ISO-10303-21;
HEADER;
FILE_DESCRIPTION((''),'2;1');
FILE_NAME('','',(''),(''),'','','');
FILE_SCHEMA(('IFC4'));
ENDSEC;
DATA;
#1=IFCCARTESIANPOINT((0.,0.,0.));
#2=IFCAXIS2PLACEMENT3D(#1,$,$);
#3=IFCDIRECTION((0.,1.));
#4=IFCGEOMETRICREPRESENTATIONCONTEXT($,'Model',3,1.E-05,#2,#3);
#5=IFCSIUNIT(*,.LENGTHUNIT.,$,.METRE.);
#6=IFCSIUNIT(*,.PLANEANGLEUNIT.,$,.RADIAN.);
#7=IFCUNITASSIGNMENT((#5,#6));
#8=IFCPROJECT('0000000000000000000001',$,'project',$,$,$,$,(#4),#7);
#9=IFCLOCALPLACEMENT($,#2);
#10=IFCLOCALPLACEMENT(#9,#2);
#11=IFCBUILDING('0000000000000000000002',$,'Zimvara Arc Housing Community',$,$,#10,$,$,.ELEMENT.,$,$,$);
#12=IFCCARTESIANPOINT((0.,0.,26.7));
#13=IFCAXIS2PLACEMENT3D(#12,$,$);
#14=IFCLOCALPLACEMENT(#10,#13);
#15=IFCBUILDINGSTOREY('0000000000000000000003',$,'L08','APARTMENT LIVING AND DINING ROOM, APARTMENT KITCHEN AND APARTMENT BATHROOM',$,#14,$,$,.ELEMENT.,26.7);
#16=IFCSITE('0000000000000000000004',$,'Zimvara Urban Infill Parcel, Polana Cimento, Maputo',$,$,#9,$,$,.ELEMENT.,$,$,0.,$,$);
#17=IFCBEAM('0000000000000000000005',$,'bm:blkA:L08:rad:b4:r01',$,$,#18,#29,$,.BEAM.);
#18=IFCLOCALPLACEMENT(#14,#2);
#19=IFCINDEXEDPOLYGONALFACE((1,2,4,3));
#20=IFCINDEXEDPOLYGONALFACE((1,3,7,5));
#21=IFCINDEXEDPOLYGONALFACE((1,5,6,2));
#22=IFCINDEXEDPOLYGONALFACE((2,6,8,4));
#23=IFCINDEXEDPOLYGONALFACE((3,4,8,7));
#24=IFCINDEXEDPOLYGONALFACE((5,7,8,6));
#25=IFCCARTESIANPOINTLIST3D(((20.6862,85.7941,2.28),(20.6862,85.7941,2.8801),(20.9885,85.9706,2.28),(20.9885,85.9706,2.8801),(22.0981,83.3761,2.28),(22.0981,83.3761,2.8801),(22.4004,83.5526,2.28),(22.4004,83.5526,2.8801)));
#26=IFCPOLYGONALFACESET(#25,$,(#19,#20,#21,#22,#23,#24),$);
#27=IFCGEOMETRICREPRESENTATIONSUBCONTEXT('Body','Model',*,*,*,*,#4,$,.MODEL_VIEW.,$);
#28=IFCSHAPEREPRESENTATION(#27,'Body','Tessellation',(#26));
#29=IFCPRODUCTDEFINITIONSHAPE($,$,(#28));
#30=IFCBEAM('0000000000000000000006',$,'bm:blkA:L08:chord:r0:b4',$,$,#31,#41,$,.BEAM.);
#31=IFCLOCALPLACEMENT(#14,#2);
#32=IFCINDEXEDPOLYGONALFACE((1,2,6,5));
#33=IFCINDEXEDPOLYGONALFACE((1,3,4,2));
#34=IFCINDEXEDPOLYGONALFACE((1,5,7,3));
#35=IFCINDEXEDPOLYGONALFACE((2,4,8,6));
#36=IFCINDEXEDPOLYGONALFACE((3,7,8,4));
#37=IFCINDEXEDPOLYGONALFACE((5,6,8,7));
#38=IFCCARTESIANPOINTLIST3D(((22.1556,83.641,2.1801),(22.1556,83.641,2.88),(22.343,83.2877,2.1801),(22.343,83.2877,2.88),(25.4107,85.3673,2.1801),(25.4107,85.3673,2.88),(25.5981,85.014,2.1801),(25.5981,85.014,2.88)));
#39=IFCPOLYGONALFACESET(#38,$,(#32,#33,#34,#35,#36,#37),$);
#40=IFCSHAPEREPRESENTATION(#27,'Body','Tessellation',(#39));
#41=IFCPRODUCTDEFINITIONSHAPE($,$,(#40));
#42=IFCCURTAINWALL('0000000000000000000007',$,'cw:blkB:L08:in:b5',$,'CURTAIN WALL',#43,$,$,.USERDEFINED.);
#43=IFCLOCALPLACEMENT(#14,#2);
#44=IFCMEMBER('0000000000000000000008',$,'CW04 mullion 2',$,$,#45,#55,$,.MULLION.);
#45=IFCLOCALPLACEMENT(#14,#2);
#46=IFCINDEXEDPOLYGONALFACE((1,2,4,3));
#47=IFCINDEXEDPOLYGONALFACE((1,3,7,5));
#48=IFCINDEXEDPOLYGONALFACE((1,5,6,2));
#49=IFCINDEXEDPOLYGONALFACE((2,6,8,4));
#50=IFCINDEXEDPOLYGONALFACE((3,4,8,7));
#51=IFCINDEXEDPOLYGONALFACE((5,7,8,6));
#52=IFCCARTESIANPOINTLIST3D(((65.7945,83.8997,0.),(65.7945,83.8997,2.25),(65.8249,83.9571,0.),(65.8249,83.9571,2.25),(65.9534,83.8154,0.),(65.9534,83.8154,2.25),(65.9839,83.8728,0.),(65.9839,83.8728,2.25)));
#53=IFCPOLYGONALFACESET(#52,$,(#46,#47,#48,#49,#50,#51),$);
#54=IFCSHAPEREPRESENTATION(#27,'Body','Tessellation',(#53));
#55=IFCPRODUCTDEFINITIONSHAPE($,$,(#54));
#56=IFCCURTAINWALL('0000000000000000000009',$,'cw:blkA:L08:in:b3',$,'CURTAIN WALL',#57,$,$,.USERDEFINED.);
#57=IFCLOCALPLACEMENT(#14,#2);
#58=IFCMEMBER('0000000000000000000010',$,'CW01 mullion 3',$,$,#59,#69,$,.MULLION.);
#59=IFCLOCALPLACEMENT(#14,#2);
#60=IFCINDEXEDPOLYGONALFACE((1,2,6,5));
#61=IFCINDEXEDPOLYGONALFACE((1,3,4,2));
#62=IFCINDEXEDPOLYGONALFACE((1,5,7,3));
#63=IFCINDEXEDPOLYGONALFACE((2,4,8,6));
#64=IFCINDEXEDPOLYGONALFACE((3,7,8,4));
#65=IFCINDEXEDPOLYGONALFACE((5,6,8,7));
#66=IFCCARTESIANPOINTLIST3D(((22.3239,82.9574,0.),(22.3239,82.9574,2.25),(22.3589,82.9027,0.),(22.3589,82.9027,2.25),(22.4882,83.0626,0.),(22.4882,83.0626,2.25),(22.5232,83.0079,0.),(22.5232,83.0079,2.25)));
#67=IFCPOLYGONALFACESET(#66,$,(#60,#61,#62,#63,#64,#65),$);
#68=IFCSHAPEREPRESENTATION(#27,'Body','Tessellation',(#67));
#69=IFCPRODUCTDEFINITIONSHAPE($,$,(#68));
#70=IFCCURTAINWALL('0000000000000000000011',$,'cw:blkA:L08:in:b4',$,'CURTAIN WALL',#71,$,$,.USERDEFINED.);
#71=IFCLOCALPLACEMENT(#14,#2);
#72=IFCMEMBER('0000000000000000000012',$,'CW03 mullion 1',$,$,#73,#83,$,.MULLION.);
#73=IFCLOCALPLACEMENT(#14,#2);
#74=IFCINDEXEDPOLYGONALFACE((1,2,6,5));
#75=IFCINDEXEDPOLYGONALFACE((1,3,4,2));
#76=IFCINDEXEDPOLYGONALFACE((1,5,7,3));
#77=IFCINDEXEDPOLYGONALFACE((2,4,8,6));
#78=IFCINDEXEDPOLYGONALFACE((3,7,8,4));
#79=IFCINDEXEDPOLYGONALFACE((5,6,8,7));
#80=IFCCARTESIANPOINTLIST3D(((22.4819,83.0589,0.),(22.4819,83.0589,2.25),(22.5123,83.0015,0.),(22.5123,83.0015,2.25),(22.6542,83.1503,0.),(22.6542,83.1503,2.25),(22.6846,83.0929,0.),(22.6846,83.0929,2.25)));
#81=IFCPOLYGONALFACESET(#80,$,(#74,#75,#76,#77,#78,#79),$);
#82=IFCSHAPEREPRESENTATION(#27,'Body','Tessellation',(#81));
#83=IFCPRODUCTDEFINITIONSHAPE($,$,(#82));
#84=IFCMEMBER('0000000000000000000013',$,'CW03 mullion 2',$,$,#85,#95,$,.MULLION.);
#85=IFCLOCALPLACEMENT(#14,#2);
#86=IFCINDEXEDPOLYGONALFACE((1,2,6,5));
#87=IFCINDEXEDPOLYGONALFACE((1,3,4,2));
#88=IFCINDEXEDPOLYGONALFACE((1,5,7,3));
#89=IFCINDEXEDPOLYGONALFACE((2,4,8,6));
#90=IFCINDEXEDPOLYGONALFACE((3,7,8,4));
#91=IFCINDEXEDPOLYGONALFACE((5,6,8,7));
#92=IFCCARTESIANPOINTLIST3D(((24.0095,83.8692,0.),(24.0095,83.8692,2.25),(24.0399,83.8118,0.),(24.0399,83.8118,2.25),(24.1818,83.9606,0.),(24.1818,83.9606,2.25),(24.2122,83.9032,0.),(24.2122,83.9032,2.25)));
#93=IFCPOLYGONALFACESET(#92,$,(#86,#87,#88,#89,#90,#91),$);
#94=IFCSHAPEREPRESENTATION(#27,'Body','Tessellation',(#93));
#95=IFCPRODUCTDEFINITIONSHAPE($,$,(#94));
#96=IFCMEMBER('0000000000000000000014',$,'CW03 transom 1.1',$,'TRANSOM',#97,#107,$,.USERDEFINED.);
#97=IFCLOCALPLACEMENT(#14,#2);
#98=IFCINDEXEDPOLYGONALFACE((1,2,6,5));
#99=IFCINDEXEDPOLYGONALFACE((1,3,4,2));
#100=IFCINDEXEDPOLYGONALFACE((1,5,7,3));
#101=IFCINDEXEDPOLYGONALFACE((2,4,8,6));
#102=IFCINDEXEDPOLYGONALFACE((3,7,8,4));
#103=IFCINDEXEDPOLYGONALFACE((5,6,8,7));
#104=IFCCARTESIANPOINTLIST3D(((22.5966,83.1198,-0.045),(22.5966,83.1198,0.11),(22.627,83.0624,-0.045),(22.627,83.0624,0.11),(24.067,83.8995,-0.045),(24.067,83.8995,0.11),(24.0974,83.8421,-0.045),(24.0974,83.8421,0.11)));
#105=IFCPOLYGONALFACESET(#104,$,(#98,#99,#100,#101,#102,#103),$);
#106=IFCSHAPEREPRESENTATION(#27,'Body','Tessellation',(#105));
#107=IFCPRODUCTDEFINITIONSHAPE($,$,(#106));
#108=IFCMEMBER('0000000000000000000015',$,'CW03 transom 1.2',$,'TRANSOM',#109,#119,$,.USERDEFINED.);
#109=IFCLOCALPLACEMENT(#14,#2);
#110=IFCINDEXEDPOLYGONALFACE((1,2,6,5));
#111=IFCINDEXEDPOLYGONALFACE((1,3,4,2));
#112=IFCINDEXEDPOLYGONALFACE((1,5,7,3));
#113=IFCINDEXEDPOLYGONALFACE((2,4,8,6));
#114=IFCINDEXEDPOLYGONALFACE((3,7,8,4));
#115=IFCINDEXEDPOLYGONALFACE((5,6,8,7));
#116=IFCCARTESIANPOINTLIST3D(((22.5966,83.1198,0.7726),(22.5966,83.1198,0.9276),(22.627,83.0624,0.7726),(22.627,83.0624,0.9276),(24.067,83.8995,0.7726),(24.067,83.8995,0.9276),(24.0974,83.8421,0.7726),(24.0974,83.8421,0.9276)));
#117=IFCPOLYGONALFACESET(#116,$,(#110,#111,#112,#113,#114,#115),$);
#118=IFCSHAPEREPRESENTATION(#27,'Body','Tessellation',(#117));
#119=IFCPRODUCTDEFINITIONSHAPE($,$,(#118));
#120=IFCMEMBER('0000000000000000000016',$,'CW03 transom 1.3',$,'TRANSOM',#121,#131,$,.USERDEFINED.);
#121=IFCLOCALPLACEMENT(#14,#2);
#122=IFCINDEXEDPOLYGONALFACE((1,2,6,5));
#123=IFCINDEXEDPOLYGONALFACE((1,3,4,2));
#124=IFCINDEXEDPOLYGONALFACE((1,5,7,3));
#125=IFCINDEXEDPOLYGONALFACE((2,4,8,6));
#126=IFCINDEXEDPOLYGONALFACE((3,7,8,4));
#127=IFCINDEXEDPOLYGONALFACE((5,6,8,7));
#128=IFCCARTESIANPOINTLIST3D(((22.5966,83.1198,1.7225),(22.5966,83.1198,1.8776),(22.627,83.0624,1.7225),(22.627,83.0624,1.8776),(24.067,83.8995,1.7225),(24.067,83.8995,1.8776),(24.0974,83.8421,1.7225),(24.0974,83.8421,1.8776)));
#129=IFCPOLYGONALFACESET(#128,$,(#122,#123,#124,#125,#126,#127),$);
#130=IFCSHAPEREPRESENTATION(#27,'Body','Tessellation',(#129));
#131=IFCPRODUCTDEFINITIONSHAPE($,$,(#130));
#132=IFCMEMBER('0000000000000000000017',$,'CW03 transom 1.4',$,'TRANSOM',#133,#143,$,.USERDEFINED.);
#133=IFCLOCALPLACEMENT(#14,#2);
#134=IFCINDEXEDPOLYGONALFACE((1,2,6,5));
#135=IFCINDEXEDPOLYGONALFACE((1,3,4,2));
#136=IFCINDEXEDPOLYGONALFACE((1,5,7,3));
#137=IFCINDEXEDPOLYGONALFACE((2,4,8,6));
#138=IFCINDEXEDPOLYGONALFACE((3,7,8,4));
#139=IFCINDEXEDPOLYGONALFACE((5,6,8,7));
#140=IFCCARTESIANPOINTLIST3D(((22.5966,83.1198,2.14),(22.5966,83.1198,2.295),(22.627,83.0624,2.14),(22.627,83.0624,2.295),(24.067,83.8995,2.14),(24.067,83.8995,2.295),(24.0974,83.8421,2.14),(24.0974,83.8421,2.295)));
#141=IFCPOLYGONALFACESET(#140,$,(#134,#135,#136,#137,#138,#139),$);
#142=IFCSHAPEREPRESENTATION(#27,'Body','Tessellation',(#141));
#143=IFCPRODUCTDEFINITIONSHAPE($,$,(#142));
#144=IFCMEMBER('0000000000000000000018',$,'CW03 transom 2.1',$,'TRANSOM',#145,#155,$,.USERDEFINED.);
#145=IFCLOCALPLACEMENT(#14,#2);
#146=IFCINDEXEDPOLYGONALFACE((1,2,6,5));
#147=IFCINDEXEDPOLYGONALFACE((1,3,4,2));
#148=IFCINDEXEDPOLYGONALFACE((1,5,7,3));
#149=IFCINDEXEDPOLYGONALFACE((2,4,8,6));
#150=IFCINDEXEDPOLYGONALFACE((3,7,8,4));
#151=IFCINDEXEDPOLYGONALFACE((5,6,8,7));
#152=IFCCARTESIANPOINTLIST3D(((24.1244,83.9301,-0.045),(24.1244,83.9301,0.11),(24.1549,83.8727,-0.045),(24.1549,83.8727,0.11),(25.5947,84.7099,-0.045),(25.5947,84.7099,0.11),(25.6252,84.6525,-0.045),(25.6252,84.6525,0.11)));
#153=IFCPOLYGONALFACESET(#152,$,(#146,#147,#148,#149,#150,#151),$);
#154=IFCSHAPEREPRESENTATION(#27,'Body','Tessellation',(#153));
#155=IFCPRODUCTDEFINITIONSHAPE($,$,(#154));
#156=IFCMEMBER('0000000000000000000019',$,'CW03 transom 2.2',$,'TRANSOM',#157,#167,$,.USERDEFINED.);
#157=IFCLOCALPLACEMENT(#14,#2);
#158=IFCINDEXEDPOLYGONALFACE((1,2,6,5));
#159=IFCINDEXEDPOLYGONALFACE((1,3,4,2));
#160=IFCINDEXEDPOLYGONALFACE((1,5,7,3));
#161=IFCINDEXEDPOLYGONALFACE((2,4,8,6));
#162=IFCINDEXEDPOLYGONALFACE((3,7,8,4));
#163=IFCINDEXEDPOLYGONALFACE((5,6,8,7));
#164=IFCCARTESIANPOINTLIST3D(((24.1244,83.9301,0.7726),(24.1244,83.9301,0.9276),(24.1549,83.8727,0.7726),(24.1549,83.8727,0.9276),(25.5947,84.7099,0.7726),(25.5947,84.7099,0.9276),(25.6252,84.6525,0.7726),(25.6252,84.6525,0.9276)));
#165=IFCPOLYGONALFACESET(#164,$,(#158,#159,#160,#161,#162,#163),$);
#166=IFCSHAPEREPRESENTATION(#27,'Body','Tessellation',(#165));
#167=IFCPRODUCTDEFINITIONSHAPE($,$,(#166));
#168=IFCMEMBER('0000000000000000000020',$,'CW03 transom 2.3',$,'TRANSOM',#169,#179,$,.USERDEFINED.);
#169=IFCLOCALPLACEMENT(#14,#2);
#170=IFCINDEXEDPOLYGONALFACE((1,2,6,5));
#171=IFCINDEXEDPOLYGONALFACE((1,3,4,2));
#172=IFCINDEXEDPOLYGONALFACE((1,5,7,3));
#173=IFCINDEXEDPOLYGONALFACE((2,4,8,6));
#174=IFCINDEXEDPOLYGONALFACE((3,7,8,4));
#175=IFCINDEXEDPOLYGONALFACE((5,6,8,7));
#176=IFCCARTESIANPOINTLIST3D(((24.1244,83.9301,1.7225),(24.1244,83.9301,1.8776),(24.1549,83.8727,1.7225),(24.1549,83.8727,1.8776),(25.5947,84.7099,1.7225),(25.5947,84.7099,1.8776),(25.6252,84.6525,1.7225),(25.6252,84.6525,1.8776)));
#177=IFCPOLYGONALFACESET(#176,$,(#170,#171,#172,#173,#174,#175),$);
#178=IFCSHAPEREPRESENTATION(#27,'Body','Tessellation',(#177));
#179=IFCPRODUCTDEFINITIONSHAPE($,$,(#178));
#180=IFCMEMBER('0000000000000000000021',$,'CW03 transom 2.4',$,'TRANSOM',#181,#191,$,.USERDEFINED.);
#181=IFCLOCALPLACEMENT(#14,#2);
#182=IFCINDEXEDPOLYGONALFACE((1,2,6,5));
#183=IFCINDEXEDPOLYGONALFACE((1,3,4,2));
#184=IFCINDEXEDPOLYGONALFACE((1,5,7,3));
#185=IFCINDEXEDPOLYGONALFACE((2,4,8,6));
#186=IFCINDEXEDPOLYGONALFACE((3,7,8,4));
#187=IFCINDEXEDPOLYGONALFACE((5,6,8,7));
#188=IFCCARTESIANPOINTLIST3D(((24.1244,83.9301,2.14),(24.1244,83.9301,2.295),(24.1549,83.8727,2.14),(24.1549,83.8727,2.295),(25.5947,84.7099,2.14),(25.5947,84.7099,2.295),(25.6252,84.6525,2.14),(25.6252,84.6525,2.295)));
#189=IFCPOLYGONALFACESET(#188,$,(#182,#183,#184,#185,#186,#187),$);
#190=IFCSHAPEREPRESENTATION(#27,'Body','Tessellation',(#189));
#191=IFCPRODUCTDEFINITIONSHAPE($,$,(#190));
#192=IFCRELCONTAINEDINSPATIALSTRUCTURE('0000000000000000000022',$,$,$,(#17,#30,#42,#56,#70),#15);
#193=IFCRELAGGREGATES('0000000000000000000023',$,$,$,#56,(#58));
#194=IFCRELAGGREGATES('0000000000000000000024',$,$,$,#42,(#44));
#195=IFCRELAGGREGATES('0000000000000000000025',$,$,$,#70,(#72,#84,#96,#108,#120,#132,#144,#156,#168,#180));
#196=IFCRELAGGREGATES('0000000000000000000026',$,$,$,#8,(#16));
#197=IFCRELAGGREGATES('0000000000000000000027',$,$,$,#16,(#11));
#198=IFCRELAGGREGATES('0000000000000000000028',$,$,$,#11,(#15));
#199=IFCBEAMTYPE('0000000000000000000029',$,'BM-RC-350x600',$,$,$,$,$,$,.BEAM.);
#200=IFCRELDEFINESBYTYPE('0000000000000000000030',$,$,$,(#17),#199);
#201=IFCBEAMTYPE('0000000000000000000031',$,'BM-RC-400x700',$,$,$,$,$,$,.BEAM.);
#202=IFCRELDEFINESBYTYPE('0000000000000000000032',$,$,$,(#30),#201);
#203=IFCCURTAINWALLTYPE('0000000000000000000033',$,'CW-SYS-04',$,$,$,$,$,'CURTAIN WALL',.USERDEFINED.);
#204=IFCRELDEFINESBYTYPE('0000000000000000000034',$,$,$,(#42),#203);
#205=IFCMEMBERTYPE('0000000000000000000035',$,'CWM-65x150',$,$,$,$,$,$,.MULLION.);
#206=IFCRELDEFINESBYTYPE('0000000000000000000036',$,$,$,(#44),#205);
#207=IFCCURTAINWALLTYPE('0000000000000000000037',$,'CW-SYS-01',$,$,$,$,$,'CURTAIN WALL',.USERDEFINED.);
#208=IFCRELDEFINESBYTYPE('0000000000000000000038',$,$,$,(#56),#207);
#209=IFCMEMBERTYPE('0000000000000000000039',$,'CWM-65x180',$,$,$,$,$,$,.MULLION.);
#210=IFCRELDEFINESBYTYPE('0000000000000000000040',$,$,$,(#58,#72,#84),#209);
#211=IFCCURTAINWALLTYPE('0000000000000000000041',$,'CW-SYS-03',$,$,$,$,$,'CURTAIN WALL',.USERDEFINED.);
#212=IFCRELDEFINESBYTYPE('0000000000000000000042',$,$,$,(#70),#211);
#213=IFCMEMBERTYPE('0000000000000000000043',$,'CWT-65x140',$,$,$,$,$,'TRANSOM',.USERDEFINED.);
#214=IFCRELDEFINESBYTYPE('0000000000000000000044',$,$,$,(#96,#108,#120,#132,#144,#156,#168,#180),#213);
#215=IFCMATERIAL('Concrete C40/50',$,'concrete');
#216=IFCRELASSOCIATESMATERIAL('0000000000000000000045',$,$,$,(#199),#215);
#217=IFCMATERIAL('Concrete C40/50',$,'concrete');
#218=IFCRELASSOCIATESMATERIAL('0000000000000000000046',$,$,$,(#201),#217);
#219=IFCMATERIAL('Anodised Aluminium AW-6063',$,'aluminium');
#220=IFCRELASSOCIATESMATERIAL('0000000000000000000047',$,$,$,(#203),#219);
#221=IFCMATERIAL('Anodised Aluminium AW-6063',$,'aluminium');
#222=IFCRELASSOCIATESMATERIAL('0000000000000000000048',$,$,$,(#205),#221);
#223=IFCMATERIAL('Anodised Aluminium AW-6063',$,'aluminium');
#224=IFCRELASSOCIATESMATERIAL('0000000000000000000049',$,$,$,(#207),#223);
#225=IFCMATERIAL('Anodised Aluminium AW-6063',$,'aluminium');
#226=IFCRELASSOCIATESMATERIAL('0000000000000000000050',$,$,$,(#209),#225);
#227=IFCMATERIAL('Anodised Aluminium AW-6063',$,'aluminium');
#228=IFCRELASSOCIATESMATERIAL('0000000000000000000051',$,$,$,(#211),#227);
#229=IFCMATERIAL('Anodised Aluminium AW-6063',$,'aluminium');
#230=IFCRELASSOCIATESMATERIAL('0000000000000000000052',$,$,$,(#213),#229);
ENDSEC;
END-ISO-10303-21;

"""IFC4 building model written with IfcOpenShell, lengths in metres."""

from ifc_helpers import new_model, si_unit, direction, frame, origin, origin_2d, place, context, subcontext, project, spatial, rectangle, extrude, material, material_profile, profile_set, type_object, element, aggregate, save


model = new_model("IFC4")

# Units and contexts
model_context = context("Model", 3, precision=1e-05, world=origin(), true_north=direction((0.0, 1.0)))
body_context = subcontext(model_context, "Body", "Model", "MODEL_VIEW")
ifc_project = project(units=[si_unit("LENGTHUNIT", "METRE"), si_unit("PLANEANGLEUNIT", "RADIAN")], contexts=[model_context])

# Site, building, storey
site_placement = place(None, origin())
site = spatial("IfcSite", under=ifc_project, at=site_placement, Name="Zimvara Urban Infill Parcel, Polana Cimento, Maputo", CompositionType="ELEMENT", RefElevation=0.0)
building_placement = place(site_placement, origin())
building = spatial("IfcBuilding", under=site, at=building_placement, Name="Zimvara Arc Housing Community", CompositionType="ELEMENT")
storey_placement = place(building_placement, frame((0.0, 0.0, 26.7)))
storey = spatial("IfcBuildingStorey", under=building, at=storey_placement, Name="L08", Description="APARTMENT LIVING AND DINING ROOM, APARTMENT KITCHEN AND APARTMENT BATHROOM", CompositionType="ELEMENT", Elevation=26.7)

# Beams
ifc_material_1 = material(Name="Concrete C40/50", Category="concrete")
ifc_material_profile_1 = material_profile(ifc_material_1, rectangle(XDim=0.3501, YDim=0.6001, at=origin_2d()), Name="RC 350x600")
ifc_profile_set_1 = profile_set([ifc_material_profile_1], Name="Concrete C40/50")
beam_type_1 = type_object("IfcBeamType", Name="BM-RC-350x600", PredefinedType="BEAM", material=ifc_profile_set_1)
beam_1_placement = place(storey_placement, frame((22.2493, 83.4644, 2.5801), z_axis=(-0.50424, 0.863564, 0.0), x_axis=(-0.863564, -0.50424, 0.0)))
element("IfcBeam", 1, at=beam_1_placement, inside=storey, type_object=beam_type_1, Name="bm:blkA:L08:rad:b4:r01", PredefinedType="BEAM", context=body_context, shape_type="SweptSolid", body=[
    extrude(rectangle(XDim=0.3501, YDim=0.6001, at=origin_2d()), origin(), (0.0, 0.0, 1.0), 2.8),
])
ifc_material_2 = material(Name="Concrete C40/50", Category="concrete")
ifc_material_profile_2 = material_profile(ifc_material_2, rectangle(XDim=0.3999, YDim=0.7, at=origin_2d()), Name="RC 400x700")
ifc_profile_set_2 = profile_set([ifc_material_profile_2], Name="Concrete C40/50")
beam_type_2 = type_object("IfcBeamType", Name="BM-RC-400x700", PredefinedType="BEAM", material=ifc_profile_set_2)
beam_2_placement = place(storey_placement, frame((22.2493, 83.4644, 2.53), z_axis=(0.883449, 0.468527, 0.0), x_axis=(-0.468527, 0.883449, 0.0)))
element("IfcBeam", 2, at=beam_2_placement, inside=storey, type_object=beam_type_2, Name="bm:blkA:L08:chord:r0:b4", PredefinedType="BEAM", context=body_context, shape_type="SweptSolid", body=[
    extrude(rectangle(XDim=0.3999, YDim=0.7, at=origin_2d()), origin(), (0.0, 0.0, 1.0), 3.6846),
])

# Curtain walls, members
ifc_material_3 = material(Name="Anodised Aluminium AW-6063", Category="aluminium")
curtain_wall_type_1 = type_object("IfcCurtainWallType", Name="CW-SYS-04", ElementType="CURTAIN WALL", PredefinedType="USERDEFINED", material=ifc_material_3)
curtain_wall_1_placement = place(storey_placement, origin())
curtain_wall_1 = element("IfcCurtainWall", 3, at=curtain_wall_1_placement, inside=storey, type_object=curtain_wall_type_1, Name="cw:blkB:L08:in:b5", ObjectType="CURTAIN WALL", PredefinedType="USERDEFINED")
ifc_material_4 = material(Name="Anodised Aluminium AW-6063", Category="aluminium")
ifc_material_profile_3 = material_profile(ifc_material_4, rectangle(XDim=0.0649, YDim=0.1799, at=origin_2d()), Name="ALU 65x180")
ifc_profile_set_3 = profile_set([ifc_material_profile_3], Name="Anodised Aluminium AW-6063")
member_type_1 = type_object("IfcMemberType", Name="CWM-65x150", PredefinedType="MULLION", material=ifc_profile_set_3)
member_1_placement = place(storey_placement, frame((65.8892, 83.8862, 0.0), z_axis=(0.0, 0.0, 1.0), x_axis=(0.468545, 0.88344, 0.0)))
member_1 = element("IfcMember", 4, at=member_1_placement, type_object=member_type_1, Name="CW04 mullion 2", PredefinedType="MULLION", context=body_context, shape_type="SweptSolid", body=[
    extrude(rectangle(XDim=0.0649, YDim=0.1799, at=origin_2d()), origin(), (0.0, 0.0, 1.0), 2.25),
])
ifc_material_5 = material(Name="Anodised Aluminium AW-6063", Category="aluminium")
curtain_wall_type_2 = type_object("IfcCurtainWallType", Name="CW-SYS-01", ElementType="CURTAIN WALL", PredefinedType="USERDEFINED", material=ifc_material_5)
curtain_wall_2_placement = place(storey_placement, origin())
curtain_wall_2 = element("IfcCurtainWall", 5, at=curtain_wall_2_placement, inside=storey, type_object=curtain_wall_type_2, Name="cw:blkA:L08:in:b3", ObjectType="CURTAIN WALL", PredefinedType="USERDEFINED")
ifc_material_6 = material(Name="Anodised Aluminium AW-6063", Category="aluminium")
ifc_material_profile_4 = material_profile(ifc_material_6, rectangle(XDim=0.0649, YDim=0.1951, at=origin_2d()), Name="ALU 65x195")
ifc_profile_set_4 = profile_set([ifc_material_profile_4], Name="Anodised Aluminium AW-6063")
member_type_2 = type_object("IfcMemberType", Name="CWM-65x180", PredefinedType="MULLION", material=ifc_profile_set_4)
member_2_placement = place(storey_placement, frame((22.4236, 82.9827, 0.0), z_axis=(0.0, 0.0, 1.0), x_axis=(-0.539064, 0.842265, 0.0)))
member_2 = element("IfcMember", 6, at=member_2_placement, type_object=member_type_2, Name="CW01 mullion 3", PredefinedType="MULLION", context=body_context, shape_type="SweptSolid", body=[
    extrude(rectangle(XDim=0.0649, YDim=0.1951, at=origin_2d()), origin(), (0.0, 0.0, 1.0), 2.25),
])
aggregate(curtain_wall_2, [member_2])

# Curtain wall, members
ifc_material_7 = material(Name="Anodised Aluminium AW-6063", Category="aluminium")
curtain_wall_type_3 = type_object("IfcCurtainWallType", Name="CW-SYS-03", ElementType="CURTAIN WALL", PredefinedType="USERDEFINED", material=ifc_material_7)
curtain_wall_3_placement = place(storey_placement, origin())
curtain_wall_3 = element("IfcCurtainWall", 7, at=curtain_wall_3_placement, inside=storey, type_object=curtain_wall_type_3, Name="cw:blkA:L08:in:b4", ObjectType="CURTAIN WALL", PredefinedType="USERDEFINED")
member_3_placement = place(storey_placement, frame((22.5833, 83.0759, 0.0), z_axis=(0.0, 0.0, 1.0), x_axis=(-0.468545, 0.88344, 0.0)))
member_3 = element("IfcMember", 8, at=member_3_placement, type_object=member_type_2, Name="CW03 mullion 1", PredefinedType="MULLION", context=body_context, shape_type="SweptSolid", body=[
    extrude(rectangle(XDim=0.0649, YDim=0.1951, at=origin_2d()), origin(), (0.0, 0.0, 1.0), 2.25),
])
member_4_placement = place(storey_placement, frame((24.1108, 83.8862, 0.0), z_axis=(0.0, 0.0, 1.0), x_axis=(-0.468545, 0.88344, 0.0)))
member_4 = element("IfcMember", 9, at=member_4_placement, type_object=member_type_2, Name="CW03 mullion 2", PredefinedType="MULLION", context=body_context, shape_type="SweptSolid", body=[
    extrude(rectangle(XDim=0.0649, YDim=0.1951, at=origin_2d()), origin(), (0.0, 0.0, 1.0), 2.25),
])
ifc_material_8 = material(Name="Anodised Aluminium AW-6063", Category="aluminium")
ifc_material_profile_5 = material_profile(ifc_material_8, rectangle(XDim=0.0649, YDim=0.155, at=origin_2d()), Name="ALU 65x155")
ifc_profile_set_5 = profile_set([ifc_material_profile_5], Name="Anodised Aluminium AW-6063")
member_type_3 = type_object("IfcMemberType", Name="CWT-65x140", ElementType="TRANSOM", PredefinedType="USERDEFINED", material=ifc_profile_set_5)
member_5_placement = place(storey_placement, frame((22.6118, 83.0911, 0.0325), z_axis=(0.883463, 0.468501, 0.0), x_axis=(-0.468501, 0.883463, 0.0)))
member_5 = element("IfcMember", 10, at=member_5_placement, type_object=member_type_3, Name="CW03 transom 1.1", ObjectType="TRANSOM", PredefinedType="USERDEFINED", context=body_context, shape_type="SweptSolid", body=[
    extrude(rectangle(XDim=0.0649, YDim=0.155, at=origin_2d()), origin(), (0.0, 0.0, 1.0), 1.6643),
])
member_6_placement = place(storey_placement, frame((22.6118, 83.0911, 0.8501), z_axis=(0.883463, 0.468501, 0.0), x_axis=(-0.468501, 0.883463, 0.0)))
member_6 = element("IfcMember", 11, at=member_6_placement, type_object=member_type_3, Name="CW03 transom 1.2", ObjectType="TRANSOM", PredefinedType="USERDEFINED", context=body_context, shape_type="SweptSolid", body=[
    extrude(rectangle(XDim=0.0649, YDim=0.155, at=origin_2d()), origin(), (0.0, 0.0, 1.0), 1.6643),
])
member_7_placement = place(storey_placement, frame((22.6118, 83.0911, 1.8), z_axis=(0.883463, 0.468501, 0.0), x_axis=(-0.468501, 0.883463, 0.0)))
member_7 = element("IfcMember", 12, at=member_7_placement, type_object=member_type_3, Name="CW03 transom 1.3", ObjectType="TRANSOM", PredefinedType="USERDEFINED", context=body_context, shape_type="SweptSolid", body=[
    extrude(rectangle(XDim=0.0649, YDim=0.155, at=origin_2d()), origin(), (0.0, 0.0, 1.0), 1.6643),
])
member_8_placement = place(storey_placement, frame((22.6118, 83.0911, 2.2175), z_axis=(0.883463, 0.468501, 0.0), x_axis=(-0.468501, 0.883463, 0.0)))
member_8 = element("IfcMember", 13, at=member_8_placement, type_object=member_type_3, Name="CW03 transom 1.4", ObjectType="TRANSOM", PredefinedType="USERDEFINED", context=body_context, shape_type="SweptSolid", body=[
    extrude(rectangle(XDim=0.0649, YDim=0.155, at=origin_2d()), origin(), (0.0, 0.0, 1.0), 1.6643),
])
member_9_placement = place(storey_placement, frame((24.1396, 83.9014, 0.0325), z_axis=(0.883431, 0.468562, 0.0), x_axis=(-0.468562, 0.883431, 0.0)))
member_9 = element("IfcMember", 14, at=member_9_placement, type_object=member_type_3, Name="CW03 transom 2.1", ObjectType="TRANSOM", PredefinedType="USERDEFINED", context=body_context, shape_type="SweptSolid", body=[
    extrude(rectangle(XDim=0.0649, YDim=0.155, at=origin_2d()), origin(), (0.0, 0.0, 1.0), 1.6643),
])
member_10_placement = place(storey_placement, frame((24.1396, 83.9014, 0.8501), z_axis=(0.883431, 0.468562, 0.0), x_axis=(-0.468562, 0.883431, 0.0)))
member_10 = element("IfcMember", 15, at=member_10_placement, type_object=member_type_3, Name="CW03 transom 2.2", ObjectType="TRANSOM", PredefinedType="USERDEFINED", context=body_context, shape_type="SweptSolid", body=[
    extrude(rectangle(XDim=0.0649, YDim=0.155, at=origin_2d()), origin(), (0.0, 0.0, 1.0), 1.6643),
])
member_11_placement = place(storey_placement, frame((24.1396, 83.9014, 1.8), z_axis=(0.883431, 0.468562, 0.0), x_axis=(-0.468562, 0.883431, 0.0)))
member_11 = element("IfcMember", 16, at=member_11_placement, type_object=member_type_3, Name="CW03 transom 2.3", ObjectType="TRANSOM", PredefinedType="USERDEFINED", context=body_context, shape_type="SweptSolid", body=[
    extrude(rectangle(XDim=0.0649, YDim=0.155, at=origin_2d()), origin(), (0.0, 0.0, 1.0), 1.6643),
])
member_12_placement = place(storey_placement, frame((24.1396, 83.9014, 2.2175), z_axis=(0.883431, 0.468562, 0.0), x_axis=(-0.468562, 0.883431, 0.0)))
member_12 = element("IfcMember", 17, at=member_12_placement, type_object=member_type_3, Name="CW03 transom 2.4", ObjectType="TRANSOM", PredefinedType="USERDEFINED", context=body_context, shape_type="SweptSolid", body=[
    extrude(rectangle(XDim=0.0649, YDim=0.155, at=origin_2d()), origin(), (0.0, 0.0, 1.0), 1.6643),
])

aggregate(curtain_wall_1, [member_1])
aggregate(curtain_wall_3, [member_3, member_4, member_5, member_6, member_7, member_8, member_9, member_10, member_11, member_12])

save(model, "model.ifc")
